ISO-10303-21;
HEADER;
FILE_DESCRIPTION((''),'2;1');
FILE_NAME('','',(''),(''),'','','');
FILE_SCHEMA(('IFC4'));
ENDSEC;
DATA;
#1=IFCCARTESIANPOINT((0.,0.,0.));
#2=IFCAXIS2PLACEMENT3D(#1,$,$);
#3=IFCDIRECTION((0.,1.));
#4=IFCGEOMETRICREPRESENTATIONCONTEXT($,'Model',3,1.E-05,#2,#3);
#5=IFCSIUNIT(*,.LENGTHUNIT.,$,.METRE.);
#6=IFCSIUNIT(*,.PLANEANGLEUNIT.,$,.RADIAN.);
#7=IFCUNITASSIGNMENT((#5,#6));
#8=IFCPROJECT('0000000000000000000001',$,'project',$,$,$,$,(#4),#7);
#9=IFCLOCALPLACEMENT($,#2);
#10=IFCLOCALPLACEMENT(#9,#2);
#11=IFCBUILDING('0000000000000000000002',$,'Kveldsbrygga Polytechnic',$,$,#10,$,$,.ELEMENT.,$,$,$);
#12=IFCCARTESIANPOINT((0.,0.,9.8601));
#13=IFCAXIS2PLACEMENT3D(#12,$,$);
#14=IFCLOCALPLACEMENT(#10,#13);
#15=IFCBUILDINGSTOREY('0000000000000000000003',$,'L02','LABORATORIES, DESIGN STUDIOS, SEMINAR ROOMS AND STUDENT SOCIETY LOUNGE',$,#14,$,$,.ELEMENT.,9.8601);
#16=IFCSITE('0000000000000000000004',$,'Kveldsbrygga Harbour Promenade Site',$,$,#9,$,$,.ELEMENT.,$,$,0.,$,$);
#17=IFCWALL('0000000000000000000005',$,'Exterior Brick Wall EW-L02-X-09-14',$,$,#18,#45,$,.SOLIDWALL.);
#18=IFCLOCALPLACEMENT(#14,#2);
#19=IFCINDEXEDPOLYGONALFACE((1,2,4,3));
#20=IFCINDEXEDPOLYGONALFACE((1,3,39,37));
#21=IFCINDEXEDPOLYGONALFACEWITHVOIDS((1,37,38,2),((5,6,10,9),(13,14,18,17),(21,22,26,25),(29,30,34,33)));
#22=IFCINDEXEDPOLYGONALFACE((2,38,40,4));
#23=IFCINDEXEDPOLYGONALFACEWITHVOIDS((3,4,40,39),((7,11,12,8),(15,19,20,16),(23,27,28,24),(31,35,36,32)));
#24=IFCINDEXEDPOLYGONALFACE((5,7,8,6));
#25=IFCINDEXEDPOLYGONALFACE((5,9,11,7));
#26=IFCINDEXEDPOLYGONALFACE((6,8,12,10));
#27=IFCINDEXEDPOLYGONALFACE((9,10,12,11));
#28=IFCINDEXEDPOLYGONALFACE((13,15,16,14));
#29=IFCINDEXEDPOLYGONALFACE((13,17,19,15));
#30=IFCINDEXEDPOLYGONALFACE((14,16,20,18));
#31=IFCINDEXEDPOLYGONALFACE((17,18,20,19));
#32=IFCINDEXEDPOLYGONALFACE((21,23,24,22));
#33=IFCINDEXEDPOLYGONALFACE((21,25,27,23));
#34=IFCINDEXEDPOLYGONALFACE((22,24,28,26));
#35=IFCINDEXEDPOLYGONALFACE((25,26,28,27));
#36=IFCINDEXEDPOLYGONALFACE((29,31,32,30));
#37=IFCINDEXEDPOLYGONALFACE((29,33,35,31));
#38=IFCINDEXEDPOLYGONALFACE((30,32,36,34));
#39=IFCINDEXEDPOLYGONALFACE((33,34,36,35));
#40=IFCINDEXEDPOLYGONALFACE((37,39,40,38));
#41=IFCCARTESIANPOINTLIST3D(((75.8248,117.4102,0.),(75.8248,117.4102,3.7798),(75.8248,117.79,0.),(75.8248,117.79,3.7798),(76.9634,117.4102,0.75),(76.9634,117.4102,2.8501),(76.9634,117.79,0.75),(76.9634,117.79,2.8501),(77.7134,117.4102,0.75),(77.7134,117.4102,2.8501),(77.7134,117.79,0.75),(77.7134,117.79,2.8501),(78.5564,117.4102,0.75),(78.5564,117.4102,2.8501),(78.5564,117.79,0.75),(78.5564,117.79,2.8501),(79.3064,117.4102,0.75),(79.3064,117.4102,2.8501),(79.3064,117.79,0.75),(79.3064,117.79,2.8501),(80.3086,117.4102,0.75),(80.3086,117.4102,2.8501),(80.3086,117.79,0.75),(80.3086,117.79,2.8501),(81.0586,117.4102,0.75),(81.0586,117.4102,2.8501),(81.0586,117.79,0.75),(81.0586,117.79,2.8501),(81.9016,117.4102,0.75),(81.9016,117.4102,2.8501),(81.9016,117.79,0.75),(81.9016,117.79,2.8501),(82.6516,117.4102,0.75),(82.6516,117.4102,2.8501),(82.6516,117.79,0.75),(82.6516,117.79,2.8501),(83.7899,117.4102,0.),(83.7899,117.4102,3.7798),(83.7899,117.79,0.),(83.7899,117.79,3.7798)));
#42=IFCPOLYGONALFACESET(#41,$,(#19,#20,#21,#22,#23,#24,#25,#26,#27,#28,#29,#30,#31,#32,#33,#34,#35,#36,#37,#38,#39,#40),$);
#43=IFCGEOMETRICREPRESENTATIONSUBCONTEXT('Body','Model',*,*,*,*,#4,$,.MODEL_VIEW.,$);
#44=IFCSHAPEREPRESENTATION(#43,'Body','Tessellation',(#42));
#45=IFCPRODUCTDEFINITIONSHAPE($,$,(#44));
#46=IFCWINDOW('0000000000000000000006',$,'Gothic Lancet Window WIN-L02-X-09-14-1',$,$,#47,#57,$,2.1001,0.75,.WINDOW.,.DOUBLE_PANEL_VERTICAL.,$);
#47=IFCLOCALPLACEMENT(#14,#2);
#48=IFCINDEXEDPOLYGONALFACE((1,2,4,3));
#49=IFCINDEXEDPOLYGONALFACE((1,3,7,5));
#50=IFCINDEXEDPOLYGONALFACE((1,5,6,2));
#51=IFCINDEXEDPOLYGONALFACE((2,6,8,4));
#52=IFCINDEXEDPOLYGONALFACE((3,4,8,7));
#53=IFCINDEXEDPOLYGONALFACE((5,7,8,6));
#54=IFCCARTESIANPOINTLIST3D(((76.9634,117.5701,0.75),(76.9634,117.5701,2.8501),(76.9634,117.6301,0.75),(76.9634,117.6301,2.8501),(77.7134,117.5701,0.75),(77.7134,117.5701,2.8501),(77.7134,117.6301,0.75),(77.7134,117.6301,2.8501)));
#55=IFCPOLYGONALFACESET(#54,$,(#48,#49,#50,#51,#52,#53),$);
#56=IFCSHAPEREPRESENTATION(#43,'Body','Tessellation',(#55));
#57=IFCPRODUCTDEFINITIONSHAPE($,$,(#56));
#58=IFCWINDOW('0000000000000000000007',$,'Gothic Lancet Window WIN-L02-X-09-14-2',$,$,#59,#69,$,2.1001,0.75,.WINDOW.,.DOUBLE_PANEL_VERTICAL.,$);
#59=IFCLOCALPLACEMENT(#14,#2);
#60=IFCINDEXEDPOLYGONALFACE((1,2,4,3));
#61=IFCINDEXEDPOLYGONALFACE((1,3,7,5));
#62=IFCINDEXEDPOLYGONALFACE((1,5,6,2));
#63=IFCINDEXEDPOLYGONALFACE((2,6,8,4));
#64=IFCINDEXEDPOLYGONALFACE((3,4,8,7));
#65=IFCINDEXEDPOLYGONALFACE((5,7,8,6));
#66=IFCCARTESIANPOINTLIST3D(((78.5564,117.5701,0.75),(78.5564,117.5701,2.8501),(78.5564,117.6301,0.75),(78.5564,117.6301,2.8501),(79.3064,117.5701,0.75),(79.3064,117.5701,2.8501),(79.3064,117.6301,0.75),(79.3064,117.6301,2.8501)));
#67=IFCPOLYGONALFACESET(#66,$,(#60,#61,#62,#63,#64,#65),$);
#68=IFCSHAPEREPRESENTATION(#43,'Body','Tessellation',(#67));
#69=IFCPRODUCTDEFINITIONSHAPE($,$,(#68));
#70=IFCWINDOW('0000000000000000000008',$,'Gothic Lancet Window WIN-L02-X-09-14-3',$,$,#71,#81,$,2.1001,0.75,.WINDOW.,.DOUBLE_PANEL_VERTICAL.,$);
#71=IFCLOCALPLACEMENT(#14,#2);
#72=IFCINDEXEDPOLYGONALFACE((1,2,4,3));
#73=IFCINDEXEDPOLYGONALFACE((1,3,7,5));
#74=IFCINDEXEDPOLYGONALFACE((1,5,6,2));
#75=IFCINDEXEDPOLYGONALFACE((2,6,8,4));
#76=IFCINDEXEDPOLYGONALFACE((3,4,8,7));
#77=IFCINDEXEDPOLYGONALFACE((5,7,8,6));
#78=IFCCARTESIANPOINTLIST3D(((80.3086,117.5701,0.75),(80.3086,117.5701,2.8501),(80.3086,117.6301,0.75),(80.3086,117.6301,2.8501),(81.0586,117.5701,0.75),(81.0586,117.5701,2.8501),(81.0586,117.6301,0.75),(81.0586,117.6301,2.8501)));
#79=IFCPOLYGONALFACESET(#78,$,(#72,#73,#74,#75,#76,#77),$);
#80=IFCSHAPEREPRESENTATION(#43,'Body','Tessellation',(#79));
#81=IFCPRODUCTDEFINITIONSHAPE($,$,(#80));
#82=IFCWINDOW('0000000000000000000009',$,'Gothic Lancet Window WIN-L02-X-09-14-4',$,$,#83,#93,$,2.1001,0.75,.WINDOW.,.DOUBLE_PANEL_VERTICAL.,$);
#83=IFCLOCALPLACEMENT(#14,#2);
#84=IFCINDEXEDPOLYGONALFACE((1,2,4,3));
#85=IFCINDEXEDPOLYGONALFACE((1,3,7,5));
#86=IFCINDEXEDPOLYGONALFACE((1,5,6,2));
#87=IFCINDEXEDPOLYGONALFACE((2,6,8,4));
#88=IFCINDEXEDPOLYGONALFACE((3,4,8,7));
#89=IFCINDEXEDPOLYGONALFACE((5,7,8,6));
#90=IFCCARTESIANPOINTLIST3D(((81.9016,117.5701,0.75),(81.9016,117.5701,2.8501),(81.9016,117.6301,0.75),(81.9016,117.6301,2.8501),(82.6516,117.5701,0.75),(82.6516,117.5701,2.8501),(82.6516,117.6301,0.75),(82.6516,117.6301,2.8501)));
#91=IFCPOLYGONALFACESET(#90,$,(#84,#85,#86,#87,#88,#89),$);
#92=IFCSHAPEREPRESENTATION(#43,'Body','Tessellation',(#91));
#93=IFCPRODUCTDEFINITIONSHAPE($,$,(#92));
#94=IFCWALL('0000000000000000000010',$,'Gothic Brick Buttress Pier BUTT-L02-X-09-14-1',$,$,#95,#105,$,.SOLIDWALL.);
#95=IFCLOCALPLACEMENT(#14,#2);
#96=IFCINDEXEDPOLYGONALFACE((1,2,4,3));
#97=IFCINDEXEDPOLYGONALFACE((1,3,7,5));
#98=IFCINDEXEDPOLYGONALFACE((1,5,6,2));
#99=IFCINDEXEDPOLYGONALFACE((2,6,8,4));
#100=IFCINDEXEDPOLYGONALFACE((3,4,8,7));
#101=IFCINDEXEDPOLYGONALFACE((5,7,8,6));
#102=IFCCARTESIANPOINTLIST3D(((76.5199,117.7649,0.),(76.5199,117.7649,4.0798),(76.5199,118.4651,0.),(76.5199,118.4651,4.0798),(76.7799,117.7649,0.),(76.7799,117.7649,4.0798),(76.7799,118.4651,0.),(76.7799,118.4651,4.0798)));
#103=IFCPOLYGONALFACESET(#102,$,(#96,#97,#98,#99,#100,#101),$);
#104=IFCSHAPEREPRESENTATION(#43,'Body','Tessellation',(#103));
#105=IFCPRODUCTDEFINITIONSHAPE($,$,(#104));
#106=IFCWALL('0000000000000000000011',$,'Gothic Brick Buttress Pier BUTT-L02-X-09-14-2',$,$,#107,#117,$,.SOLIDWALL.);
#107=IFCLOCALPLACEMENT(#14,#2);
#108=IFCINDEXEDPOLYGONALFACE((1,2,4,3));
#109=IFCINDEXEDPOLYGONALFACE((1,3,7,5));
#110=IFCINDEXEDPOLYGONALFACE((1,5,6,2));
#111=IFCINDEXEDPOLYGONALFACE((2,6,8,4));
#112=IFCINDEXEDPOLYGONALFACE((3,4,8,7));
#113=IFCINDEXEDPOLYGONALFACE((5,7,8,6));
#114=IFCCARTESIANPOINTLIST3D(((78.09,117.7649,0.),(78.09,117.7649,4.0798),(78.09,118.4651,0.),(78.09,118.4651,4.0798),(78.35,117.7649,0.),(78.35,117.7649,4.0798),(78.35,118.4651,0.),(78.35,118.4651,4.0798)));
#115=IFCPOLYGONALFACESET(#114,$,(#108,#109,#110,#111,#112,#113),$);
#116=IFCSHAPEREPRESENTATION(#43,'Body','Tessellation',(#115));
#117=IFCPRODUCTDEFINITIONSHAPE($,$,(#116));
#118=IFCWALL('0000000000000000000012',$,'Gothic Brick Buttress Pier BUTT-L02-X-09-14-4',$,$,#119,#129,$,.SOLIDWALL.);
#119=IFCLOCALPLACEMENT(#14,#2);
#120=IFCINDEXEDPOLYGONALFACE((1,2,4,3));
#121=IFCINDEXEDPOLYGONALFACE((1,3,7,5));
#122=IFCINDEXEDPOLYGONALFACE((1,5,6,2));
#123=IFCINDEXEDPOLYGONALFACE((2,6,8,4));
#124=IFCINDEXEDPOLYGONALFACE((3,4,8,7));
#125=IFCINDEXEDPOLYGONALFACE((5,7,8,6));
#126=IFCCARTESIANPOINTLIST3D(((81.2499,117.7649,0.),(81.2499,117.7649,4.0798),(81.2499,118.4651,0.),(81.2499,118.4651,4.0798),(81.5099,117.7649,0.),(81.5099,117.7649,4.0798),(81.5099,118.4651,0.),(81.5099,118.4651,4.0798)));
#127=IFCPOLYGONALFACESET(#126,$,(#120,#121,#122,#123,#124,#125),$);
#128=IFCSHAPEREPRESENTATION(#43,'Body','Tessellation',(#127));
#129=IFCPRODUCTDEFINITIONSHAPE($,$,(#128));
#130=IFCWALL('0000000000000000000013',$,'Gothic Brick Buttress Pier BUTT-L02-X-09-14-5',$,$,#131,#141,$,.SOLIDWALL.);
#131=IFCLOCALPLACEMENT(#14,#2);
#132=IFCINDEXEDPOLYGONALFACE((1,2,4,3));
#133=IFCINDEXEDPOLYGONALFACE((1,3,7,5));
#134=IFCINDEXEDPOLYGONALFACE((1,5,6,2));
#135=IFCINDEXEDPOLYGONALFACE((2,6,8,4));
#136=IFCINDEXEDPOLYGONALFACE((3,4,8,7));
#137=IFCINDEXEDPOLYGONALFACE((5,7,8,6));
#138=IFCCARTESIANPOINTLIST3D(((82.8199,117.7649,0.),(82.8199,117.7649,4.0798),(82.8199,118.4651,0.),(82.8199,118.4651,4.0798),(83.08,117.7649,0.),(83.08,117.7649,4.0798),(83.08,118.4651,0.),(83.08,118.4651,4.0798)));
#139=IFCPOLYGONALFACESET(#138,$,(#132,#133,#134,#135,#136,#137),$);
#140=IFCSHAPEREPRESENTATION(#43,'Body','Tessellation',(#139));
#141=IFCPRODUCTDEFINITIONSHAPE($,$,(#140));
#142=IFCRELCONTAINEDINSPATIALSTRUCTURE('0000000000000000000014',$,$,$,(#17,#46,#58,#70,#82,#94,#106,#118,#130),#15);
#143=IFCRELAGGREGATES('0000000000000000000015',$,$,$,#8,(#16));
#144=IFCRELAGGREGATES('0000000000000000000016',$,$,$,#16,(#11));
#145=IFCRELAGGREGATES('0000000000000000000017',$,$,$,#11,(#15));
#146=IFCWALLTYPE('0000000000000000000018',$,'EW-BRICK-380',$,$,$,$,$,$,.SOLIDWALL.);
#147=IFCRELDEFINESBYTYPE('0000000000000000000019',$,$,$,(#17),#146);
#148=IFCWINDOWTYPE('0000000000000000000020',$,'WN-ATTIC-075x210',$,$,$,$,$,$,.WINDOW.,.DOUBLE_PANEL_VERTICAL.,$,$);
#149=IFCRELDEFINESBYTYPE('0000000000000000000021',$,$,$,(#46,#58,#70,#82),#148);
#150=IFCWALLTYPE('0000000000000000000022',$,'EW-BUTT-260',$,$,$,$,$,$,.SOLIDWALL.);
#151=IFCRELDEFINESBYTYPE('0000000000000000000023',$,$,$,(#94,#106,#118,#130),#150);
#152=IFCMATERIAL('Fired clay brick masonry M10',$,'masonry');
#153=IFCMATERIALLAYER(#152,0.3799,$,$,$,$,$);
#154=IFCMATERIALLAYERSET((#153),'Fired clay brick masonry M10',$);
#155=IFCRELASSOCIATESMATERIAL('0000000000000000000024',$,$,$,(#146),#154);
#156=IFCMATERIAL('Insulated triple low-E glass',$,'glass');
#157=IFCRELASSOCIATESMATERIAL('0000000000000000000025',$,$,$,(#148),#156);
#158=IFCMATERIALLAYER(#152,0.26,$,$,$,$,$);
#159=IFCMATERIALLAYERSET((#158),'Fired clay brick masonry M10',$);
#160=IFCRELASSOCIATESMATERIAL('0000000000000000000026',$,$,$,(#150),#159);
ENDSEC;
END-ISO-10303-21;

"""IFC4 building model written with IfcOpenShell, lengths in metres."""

from ifc_helpers import new_model, si_unit, direction, frame, frame_2d, origin, place, context, subcontext, project, spatial, rectangle, extrude, material, layer, layer_set, type_object, element, fill, save


model = new_model("IFC4")

# Units and contexts
model_context = context("Model", 3, precision=1e-05, world=origin(), true_north=direction((0.0, 1.0)))
body_context = subcontext(model_context, "Body", "Model", "MODEL_VIEW")
ifc_project = project(units=[si_unit("LENGTHUNIT", "METRE"), si_unit("PLANEANGLEUNIT", "RADIAN")], contexts=[model_context])

# Site, building, storey
site_placement = place(None, origin())
site = spatial("IfcSite", under=ifc_project, at=site_placement, Name="Kveldsbrygga Harbour Promenade Site", CompositionType="ELEMENT", RefElevation=0.0)
building_placement = place(site_placement, origin())
building = spatial("IfcBuilding", under=site, at=building_placement, Name="Kveldsbrygga Polytechnic", CompositionType="ELEMENT")
storey_placement = place(building_placement, frame((0.0, 0.0, 9.8601)))
storey = spatial("IfcBuildingStorey", under=building, at=storey_placement, Name="L02", Description="LABORATORIES, DESIGN STUDIOS, SEMINAR ROOMS AND STUDENT SOCIETY LOUNGE", CompositionType="ELEMENT", Elevation=9.8601)

# Shared definitions
ifc_material_1 = material(Name="Insulated triple low-E glass", Category="glass")

# Wall, openings, windows
ifc_material_2 = material(Name="Fired clay brick masonry M10", Category="masonry")
ifc_layer_1 = layer(ifc_material_2, 0.3799)
ifc_layer_set_1 = layer_set([ifc_layer_1], Name="Fired clay brick masonry M10")
wall_type_1 = type_object("IfcWallType", Name="EW-BRICK-380", PredefinedType="SOLIDWALL", material=ifc_layer_set_1)
wall_placement = place(storey_placement, frame((75.825, 117.6001, 0.0), z_axis=(0.0, 0.0, 1.0), x_axis=(1.0, 0.0, 0.0)))
wall = element("IfcWall", 1, at=wall_placement, inside=storey, type_object=wall_type_1, Name="Exterior Brick Wall EW-L02-X-09-14", PredefinedType="SOLIDWALL", context=body_context, shape_type="SweptSolid", body=[
    extrude(rectangle(XDim=7.9651, YDim=0.3799, at=frame_2d((3.9824, 0.0))), origin(), (0.0, 0.0, 1.0), 3.7798),
])
opening_1_placement = place(wall_placement, frame((1.1384, 0.0, 0.75)))
opening_1 = element("IfcOpeningElement", 2, at=opening_1_placement, cuts=wall, PredefinedType="OPENING", context=body_context, shape_type="SweptSolid", body=[
    extrude(rectangle(XDim=0.75, YDim=2.1001, at=frame_2d((0.375, 1.05))), frame((0.0, 0.2, 0.0), z_axis=(0.0, -1.0, 0.0), x_axis=(1.0, 0.0, 0.0)), (0.0, 0.0, 1.0), 0.3999),
])
opening_2_placement = place(wall_placement, frame((2.7314, 0.0, 0.75)))
opening_2 = element("IfcOpeningElement", 3, at=opening_2_placement, cuts=wall, PredefinedType="OPENING", context=body_context, shape_type="SweptSolid", body=[
    extrude(rectangle(XDim=0.75, YDim=2.1001, at=frame_2d((0.375, 1.05))), frame((0.0, 0.2, 0.0), z_axis=(0.0, -1.0, 0.0), x_axis=(1.0, 0.0, 0.0)), (0.0, 0.0, 1.0), 0.3999),
])
opening_3_placement = place(wall_placement, frame((4.4836, 0.0, 0.75)))
opening_3 = element("IfcOpeningElement", 4, at=opening_3_placement, cuts=wall, PredefinedType="OPENING", context=body_context, shape_type="SweptSolid", body=[
    extrude(rectangle(XDim=0.75, YDim=2.1001, at=frame_2d((0.375, 1.05))), frame((0.0, 0.2, 0.0), z_axis=(0.0, -1.0, 0.0), x_axis=(1.0, 0.0, 0.0)), (0.0, 0.0, 1.0), 0.3999),
])
opening_4_placement = place(wall_placement, frame((6.0767, 0.0, 0.75)))
opening_4 = element("IfcOpeningElement", 5, at=opening_4_placement, cuts=wall, PredefinedType="OPENING", context=body_context, shape_type="SweptSolid", body=[
    extrude(rectangle(XDim=0.75, YDim=2.1001, at=frame_2d((0.375, 1.05))), frame((0.0, 0.2, 0.0), z_axis=(0.0, -1.0, 0.0), x_axis=(1.0, 0.0, 0.0)), (0.0, 0.0, 1.0), 0.3999),
])
window_type = type_object("IfcWindowType", Name="WN-ATTIC-075x210", PartitioningType="DOUBLE_PANEL_VERTICAL", PredefinedType="WINDOW", material=ifc_material_1)
window_1_placement = place(opening_1_placement, origin())
window_1 = element("IfcWindow", 6, at=window_1_placement, inside=storey, type_object=window_type, Name="Gothic Lancet Window WIN-L02-X-09-14-1", OverallHeight=2.1001, OverallWidth=0.75, PartitioningType="DOUBLE_PANEL_VERTICAL", PredefinedType="WINDOW", context=body_context, shape_type="SweptSolid", body=[
    extrude(rectangle(XDim=0.75, YDim=2.1001, at=frame_2d((0.375, 1.05))), frame((0.0, 0.03, 0.0), z_axis=(0.0, -1.0, 0.0), x_axis=(1.0, 0.0, 0.0)), (0.0, 0.0, 1.0), 0.0601),
])
fill(opening_1, window_1)
window_2_placement = place(opening_2_placement, origin())
window_2 = element("IfcWindow", 7, at=window_2_placement, inside=storey, type_object=window_type, Name="Gothic Lancet Window WIN-L02-X-09-14-2", OverallHeight=2.1001, OverallWidth=0.75, PartitioningType="DOUBLE_PANEL_VERTICAL", PredefinedType="WINDOW", context=body_context, shape_type="SweptSolid", body=[
    extrude(rectangle(XDim=0.75, YDim=2.1001, at=frame_2d((0.375, 1.05))), frame((0.0, 0.03, 0.0), z_axis=(0.0, -1.0, 0.0), x_axis=(1.0, 0.0, 0.0)), (0.0, 0.0, 1.0), 0.0601),
])
fill(opening_2, window_2)
window_3_placement = place(opening_3_placement, origin())
window_3 = element("IfcWindow", 8, at=window_3_placement, inside=storey, type_object=window_type, Name="Gothic Lancet Window WIN-L02-X-09-14-3", OverallHeight=2.1001, OverallWidth=0.75, PartitioningType="DOUBLE_PANEL_VERTICAL", PredefinedType="WINDOW", context=body_context, shape_type="SweptSolid", body=[
    extrude(rectangle(XDim=0.75, YDim=2.1001, at=frame_2d((0.375, 1.05))), frame((0.0, 0.03, 0.0), z_axis=(0.0, -1.0, 0.0), x_axis=(1.0, 0.0, 0.0)), (0.0, 0.0, 1.0), 0.0601),
])
fill(opening_3, window_3)
window_4_placement = place(opening_4_placement, origin())
window_4 = element("IfcWindow", 9, at=window_4_placement, inside=storey, type_object=window_type, Name="Gothic Lancet Window WIN-L02-X-09-14-4", OverallHeight=2.1001, OverallWidth=0.75, PartitioningType="DOUBLE_PANEL_VERTICAL", PredefinedType="WINDOW", context=body_context, shape_type="SweptSolid", body=[
    extrude(rectangle(XDim=0.75, YDim=2.1001, at=frame_2d((0.375, 1.05))), frame((0.0, 0.03, 0.0), z_axis=(0.0, -1.0, 0.0), x_axis=(1.0, 0.0, 0.0)), (0.0, 0.0, 1.0), 0.0601),
])
fill(opening_4, window_4)

# Walls
ifc_layer_2 = layer(ifc_material_2, 0.26)
ifc_layer_set_2 = layer_set([ifc_layer_2], Name="Fired clay brick masonry M10")
wall_type_2 = type_object("IfcWallType", Name="EW-BUTT-260", PredefinedType="SOLIDWALL", material=ifc_layer_set_2)
for number, where, z_axis, x_axis, name in (
    (10, (76.6499, 117.7649, 0.0), (0.0, 0.0, 1.0), (0.0, 1.0, 0.0), "Gothic Brick Buttress Pier BUTT-L02-X-09-14-1"),
    (11, (78.22, 117.7649, 0.0), (0.0, 0.0, 1.0), (0.0, 1.0, 0.0), "Gothic Brick Buttress Pier BUTT-L02-X-09-14-2"),
    (12, (81.3799, 117.7649, 0.0), (0.0, 0.0, 1.0), (0.0, 1.0, 0.0), "Gothic Brick Buttress Pier BUTT-L02-X-09-14-4"),
    (13, (82.95, 117.7649, 0.0), (0.0, 0.0, 1.0), (0.0, 1.0, 0.0), "Gothic Brick Buttress Pier BUTT-L02-X-09-14-5"),
):
    element("IfcWall", number, at=place(storey_placement, frame(where, z_axis=z_axis, x_axis=x_axis)), inside=storey, type_object=wall_type_2, Name=name, PredefinedType="SOLIDWALL", context=body_context, shape_type="SweptSolid", body=[
        extrude(rectangle(XDim=0.7002, YDim=0.26, at=frame_2d((0.3501, 0.0))), origin(), (0.0, 0.0, 1.0), 4.0798),
    ])

save(model, "model.ifc")
